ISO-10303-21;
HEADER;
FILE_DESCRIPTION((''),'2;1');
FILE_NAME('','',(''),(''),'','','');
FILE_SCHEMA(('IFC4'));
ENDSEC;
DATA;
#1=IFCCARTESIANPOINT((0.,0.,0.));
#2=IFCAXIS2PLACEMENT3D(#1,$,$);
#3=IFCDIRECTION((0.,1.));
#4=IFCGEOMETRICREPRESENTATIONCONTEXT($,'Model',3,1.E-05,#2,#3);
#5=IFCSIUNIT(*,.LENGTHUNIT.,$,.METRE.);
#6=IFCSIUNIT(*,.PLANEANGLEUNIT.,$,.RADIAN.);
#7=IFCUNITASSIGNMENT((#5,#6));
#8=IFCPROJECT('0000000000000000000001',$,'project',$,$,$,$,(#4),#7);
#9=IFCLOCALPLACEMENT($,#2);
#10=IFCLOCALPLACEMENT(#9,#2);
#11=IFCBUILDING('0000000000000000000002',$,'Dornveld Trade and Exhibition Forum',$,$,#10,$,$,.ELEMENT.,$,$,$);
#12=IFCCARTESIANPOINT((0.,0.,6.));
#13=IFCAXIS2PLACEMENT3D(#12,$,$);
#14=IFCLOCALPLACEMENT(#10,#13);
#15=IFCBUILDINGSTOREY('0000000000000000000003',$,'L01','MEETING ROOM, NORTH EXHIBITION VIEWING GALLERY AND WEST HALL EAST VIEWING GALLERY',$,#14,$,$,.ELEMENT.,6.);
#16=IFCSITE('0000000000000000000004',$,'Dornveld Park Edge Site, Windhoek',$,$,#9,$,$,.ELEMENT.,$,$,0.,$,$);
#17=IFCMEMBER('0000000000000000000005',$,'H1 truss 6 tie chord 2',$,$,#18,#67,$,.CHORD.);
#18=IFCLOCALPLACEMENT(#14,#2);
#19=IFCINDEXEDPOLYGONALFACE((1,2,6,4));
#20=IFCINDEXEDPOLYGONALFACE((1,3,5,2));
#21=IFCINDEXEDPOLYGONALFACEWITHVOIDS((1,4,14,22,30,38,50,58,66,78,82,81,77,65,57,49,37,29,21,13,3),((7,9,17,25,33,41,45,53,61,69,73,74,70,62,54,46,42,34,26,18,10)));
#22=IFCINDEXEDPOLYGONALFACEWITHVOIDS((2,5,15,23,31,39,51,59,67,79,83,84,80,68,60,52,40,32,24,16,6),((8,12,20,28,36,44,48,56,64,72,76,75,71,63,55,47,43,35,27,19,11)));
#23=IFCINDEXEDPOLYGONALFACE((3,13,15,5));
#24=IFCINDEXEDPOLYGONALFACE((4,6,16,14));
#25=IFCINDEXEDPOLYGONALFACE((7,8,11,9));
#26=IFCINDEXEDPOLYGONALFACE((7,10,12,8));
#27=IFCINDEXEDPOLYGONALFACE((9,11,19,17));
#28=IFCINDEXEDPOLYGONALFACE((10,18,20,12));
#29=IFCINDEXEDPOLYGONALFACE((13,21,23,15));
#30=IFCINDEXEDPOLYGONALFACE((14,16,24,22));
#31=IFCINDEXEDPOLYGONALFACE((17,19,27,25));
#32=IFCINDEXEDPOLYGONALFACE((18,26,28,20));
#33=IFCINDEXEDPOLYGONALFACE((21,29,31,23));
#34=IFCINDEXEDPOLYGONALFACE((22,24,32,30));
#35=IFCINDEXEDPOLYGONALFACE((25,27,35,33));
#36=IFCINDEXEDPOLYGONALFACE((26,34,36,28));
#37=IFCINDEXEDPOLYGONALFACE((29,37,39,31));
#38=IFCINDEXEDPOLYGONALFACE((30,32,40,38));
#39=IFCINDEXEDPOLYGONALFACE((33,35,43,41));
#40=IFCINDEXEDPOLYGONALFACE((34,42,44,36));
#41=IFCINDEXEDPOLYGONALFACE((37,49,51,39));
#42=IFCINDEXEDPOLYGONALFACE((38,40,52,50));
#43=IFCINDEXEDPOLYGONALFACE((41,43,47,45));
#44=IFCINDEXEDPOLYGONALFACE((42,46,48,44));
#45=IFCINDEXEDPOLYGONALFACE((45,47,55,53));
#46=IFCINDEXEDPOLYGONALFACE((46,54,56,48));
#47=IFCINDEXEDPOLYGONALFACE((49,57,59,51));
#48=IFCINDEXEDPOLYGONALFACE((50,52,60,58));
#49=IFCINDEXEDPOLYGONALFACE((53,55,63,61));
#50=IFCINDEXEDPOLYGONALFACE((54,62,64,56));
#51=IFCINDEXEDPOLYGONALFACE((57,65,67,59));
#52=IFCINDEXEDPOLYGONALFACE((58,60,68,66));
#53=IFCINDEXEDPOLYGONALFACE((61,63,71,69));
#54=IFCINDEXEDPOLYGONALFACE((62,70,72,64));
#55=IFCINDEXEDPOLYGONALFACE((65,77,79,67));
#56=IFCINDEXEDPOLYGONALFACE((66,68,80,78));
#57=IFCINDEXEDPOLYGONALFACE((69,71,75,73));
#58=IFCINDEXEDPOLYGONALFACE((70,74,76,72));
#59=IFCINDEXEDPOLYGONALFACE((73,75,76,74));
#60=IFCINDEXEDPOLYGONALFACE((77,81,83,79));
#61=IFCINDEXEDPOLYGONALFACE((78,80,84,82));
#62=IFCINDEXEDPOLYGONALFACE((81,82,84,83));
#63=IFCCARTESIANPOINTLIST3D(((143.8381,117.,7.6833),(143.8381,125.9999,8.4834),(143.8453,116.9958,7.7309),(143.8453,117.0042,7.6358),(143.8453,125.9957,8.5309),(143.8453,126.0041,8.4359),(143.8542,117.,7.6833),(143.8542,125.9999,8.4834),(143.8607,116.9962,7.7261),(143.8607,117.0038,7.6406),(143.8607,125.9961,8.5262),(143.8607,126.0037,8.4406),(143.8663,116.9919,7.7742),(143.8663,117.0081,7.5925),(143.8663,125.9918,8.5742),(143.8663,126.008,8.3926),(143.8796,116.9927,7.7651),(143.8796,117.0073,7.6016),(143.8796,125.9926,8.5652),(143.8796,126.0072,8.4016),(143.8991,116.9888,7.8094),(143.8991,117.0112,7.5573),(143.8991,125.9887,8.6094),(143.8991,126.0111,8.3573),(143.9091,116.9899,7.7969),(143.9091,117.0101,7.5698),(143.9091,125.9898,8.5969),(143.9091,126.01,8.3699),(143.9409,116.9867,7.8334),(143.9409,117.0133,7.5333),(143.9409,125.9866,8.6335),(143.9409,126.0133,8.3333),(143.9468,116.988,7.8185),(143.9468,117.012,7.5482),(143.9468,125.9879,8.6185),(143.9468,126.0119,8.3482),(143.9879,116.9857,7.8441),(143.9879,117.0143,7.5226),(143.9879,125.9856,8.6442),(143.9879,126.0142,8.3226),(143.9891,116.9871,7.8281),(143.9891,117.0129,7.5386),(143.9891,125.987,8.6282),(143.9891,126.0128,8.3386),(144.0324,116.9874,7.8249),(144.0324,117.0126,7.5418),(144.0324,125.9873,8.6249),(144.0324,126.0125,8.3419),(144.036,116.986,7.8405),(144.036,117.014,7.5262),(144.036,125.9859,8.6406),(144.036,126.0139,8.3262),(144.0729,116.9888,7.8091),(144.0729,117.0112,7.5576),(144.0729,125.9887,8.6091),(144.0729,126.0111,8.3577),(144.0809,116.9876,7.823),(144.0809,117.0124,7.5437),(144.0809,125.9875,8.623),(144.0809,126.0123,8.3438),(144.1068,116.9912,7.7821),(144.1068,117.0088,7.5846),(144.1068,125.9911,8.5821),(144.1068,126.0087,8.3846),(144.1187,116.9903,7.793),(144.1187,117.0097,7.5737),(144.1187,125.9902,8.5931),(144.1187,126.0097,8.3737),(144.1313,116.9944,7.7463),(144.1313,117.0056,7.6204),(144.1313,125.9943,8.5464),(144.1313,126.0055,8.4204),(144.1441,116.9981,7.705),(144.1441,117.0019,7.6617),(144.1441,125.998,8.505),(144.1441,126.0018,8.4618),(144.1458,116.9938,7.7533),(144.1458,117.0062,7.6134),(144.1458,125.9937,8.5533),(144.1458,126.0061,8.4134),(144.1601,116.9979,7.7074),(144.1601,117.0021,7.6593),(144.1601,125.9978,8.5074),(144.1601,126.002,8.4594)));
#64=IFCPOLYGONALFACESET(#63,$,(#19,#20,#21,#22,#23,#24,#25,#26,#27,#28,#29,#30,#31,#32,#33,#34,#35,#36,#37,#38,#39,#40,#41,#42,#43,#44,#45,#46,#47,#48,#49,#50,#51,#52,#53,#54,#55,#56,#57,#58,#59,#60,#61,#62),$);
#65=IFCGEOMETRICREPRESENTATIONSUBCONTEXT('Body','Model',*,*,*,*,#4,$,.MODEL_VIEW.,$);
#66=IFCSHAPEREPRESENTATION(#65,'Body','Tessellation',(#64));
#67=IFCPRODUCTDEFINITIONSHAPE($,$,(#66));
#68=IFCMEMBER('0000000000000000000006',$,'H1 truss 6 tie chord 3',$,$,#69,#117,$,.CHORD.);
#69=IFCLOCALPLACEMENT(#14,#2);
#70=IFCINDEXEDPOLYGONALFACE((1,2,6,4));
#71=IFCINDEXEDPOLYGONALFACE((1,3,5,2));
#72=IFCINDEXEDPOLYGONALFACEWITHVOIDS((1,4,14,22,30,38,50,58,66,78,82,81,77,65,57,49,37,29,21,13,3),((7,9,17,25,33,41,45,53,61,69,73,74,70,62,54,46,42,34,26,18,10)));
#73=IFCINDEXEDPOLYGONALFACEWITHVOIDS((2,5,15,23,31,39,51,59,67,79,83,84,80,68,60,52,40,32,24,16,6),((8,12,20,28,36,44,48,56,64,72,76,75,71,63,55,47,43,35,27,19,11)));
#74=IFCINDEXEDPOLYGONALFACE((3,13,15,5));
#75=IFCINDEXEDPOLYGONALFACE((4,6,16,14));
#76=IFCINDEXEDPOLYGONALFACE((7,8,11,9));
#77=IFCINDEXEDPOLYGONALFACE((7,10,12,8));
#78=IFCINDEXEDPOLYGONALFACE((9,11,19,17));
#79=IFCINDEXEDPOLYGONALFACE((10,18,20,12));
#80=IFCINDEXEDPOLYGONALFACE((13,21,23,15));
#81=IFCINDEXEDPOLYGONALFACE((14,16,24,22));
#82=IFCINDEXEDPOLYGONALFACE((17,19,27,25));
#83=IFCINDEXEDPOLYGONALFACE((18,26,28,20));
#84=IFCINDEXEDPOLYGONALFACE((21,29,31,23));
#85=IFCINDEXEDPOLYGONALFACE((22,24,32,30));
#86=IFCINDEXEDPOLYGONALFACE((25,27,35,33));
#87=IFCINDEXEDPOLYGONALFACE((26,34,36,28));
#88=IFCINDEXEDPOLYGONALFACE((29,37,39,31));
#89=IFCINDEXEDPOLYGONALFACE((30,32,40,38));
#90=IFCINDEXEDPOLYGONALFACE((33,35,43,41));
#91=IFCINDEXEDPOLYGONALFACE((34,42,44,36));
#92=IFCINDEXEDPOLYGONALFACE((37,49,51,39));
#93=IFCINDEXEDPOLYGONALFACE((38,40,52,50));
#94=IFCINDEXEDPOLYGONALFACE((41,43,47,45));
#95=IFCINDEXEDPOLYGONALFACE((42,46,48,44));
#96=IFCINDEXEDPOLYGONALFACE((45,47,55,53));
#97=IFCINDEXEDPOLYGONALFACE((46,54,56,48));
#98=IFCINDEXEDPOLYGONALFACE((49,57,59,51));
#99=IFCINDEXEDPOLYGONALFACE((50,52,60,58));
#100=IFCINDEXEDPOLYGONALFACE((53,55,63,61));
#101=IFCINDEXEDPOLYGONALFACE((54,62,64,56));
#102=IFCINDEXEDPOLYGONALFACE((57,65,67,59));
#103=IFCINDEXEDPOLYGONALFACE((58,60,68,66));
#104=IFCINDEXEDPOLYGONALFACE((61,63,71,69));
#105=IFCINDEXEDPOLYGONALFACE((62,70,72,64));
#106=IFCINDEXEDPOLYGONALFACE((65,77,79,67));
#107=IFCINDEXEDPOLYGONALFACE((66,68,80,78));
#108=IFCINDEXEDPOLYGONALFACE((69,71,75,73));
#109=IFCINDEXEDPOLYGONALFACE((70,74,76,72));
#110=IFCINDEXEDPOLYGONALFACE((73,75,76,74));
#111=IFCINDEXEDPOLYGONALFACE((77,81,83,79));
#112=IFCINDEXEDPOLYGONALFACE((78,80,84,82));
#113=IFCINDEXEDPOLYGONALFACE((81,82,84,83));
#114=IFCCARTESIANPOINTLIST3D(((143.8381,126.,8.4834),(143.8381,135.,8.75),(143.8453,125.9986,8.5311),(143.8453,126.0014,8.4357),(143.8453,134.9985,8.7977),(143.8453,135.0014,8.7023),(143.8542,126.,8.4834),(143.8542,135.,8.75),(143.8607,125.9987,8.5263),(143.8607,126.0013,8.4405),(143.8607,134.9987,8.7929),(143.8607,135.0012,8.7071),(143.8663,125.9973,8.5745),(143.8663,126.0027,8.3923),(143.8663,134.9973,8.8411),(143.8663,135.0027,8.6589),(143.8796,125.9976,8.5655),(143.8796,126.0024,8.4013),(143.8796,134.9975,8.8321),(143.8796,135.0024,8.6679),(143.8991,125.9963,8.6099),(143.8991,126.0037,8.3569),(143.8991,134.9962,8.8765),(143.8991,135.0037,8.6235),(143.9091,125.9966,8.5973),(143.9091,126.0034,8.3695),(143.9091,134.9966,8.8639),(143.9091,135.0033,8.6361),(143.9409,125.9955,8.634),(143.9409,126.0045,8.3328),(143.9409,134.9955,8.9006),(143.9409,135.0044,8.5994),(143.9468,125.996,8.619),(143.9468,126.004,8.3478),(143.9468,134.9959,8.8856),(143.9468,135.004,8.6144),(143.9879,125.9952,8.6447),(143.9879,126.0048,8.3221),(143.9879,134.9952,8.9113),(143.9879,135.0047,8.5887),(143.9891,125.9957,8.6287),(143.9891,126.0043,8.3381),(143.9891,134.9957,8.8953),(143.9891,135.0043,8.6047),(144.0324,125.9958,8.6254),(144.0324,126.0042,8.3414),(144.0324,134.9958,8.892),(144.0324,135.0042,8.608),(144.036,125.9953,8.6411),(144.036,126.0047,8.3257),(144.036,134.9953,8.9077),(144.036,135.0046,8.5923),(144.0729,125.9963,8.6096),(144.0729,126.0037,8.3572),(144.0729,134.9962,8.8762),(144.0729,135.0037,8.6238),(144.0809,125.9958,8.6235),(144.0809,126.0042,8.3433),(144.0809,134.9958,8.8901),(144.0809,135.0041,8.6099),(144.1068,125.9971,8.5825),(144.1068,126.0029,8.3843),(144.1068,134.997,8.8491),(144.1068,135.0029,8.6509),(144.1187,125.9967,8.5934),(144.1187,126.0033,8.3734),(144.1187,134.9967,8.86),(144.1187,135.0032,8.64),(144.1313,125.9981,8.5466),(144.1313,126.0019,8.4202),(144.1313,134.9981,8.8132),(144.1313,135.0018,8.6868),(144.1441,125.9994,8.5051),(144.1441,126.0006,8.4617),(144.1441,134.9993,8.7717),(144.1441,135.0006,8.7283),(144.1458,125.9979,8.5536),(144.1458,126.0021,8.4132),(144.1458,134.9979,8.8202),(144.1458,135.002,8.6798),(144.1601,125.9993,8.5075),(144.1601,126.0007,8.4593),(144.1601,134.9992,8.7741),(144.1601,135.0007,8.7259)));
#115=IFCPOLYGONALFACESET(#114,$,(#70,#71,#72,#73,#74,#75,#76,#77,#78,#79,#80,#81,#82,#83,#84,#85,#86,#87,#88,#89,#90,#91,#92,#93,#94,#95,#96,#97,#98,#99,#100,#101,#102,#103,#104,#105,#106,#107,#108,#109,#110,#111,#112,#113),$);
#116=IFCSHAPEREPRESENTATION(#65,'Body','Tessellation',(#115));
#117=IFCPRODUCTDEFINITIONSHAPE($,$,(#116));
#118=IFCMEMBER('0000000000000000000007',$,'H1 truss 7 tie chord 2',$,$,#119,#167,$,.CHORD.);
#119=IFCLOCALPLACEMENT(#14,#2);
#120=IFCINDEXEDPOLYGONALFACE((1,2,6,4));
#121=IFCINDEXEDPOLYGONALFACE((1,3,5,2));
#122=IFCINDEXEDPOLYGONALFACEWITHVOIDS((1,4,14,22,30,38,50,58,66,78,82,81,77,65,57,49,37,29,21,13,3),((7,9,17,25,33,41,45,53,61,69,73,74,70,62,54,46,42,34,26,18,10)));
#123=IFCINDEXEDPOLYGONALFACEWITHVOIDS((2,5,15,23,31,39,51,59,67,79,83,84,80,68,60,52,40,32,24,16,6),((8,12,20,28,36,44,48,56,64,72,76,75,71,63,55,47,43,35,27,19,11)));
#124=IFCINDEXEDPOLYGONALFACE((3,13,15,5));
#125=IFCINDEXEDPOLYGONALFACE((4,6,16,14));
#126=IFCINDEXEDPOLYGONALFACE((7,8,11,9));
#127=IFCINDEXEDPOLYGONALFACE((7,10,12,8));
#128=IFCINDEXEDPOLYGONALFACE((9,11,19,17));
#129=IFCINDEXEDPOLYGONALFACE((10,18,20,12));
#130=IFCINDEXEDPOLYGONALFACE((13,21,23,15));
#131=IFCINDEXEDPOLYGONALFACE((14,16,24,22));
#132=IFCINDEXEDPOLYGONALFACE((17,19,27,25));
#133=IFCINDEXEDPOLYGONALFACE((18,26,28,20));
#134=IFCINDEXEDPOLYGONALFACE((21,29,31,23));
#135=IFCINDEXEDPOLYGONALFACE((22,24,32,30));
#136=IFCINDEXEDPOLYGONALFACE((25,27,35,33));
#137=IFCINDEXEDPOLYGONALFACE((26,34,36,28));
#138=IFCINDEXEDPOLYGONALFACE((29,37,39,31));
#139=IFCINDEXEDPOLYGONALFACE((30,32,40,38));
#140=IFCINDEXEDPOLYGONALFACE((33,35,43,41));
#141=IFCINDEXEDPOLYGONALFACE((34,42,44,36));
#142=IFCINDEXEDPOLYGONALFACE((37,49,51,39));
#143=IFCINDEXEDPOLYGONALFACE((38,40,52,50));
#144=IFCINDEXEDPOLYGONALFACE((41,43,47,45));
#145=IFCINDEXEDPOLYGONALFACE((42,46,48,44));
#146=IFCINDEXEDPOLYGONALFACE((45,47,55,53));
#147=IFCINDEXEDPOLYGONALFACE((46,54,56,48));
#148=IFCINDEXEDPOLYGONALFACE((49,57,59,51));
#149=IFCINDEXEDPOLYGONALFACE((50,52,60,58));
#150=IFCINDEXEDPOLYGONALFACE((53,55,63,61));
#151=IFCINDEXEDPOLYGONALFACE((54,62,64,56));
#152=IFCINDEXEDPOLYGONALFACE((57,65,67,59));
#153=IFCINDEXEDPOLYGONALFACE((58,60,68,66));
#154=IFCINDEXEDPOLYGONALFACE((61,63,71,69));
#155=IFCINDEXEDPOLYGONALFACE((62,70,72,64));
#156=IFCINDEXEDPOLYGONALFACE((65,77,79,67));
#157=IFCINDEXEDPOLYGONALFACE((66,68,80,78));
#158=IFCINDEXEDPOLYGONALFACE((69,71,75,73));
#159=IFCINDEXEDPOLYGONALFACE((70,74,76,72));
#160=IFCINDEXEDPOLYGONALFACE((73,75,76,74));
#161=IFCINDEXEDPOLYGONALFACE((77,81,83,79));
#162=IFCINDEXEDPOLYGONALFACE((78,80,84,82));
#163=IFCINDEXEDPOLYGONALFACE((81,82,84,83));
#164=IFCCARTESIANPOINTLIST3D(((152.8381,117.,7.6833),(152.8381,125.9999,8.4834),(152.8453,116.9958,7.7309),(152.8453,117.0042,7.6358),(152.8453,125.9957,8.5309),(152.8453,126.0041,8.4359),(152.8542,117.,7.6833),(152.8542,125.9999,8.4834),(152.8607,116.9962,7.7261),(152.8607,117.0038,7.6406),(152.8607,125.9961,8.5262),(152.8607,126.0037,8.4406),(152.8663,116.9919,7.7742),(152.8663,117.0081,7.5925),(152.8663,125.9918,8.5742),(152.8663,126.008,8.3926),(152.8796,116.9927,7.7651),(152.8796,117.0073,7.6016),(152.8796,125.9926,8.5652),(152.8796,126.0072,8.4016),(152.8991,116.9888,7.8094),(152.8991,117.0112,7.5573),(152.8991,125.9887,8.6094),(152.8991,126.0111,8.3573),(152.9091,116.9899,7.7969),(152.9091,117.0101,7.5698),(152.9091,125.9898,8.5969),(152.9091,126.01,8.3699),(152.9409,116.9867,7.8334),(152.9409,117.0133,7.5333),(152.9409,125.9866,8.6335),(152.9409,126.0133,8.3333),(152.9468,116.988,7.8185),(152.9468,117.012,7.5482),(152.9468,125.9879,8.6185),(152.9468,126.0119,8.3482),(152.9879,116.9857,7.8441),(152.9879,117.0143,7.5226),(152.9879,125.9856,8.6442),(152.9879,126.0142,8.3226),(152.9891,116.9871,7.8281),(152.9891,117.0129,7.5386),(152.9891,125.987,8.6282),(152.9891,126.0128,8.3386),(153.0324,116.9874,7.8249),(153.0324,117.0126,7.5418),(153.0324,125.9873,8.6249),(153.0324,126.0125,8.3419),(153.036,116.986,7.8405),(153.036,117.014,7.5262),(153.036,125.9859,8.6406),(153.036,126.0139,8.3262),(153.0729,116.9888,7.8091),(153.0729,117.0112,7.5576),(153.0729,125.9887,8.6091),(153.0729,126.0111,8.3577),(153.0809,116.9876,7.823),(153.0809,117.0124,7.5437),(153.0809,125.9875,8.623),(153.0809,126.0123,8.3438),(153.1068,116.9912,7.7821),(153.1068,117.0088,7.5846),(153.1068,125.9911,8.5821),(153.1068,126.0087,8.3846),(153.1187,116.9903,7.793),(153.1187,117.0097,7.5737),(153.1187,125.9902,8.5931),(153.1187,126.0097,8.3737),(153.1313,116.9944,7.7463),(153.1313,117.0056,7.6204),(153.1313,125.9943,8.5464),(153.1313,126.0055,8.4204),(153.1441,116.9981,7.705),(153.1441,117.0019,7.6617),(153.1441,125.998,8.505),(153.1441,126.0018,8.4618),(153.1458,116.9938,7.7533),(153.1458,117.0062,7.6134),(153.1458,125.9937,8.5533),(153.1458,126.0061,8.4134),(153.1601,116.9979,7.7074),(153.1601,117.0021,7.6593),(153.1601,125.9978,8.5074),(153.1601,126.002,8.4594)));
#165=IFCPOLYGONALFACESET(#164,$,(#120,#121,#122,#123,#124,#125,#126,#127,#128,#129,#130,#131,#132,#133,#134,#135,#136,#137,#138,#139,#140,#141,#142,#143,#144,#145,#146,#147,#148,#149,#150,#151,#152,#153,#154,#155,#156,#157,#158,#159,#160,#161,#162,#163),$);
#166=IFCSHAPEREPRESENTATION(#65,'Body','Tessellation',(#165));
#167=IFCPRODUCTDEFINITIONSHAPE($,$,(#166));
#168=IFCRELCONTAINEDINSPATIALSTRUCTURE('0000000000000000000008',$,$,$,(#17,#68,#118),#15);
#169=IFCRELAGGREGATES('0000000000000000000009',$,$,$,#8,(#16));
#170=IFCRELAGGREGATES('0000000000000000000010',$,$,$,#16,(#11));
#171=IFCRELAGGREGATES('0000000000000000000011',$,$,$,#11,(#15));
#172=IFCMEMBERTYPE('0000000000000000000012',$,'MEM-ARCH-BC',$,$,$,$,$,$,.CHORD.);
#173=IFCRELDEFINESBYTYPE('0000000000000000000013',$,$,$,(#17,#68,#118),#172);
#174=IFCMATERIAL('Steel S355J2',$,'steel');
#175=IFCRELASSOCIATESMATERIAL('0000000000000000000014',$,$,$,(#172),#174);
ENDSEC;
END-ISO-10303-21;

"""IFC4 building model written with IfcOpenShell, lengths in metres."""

from ifc_helpers import new_model, si_unit, direction, frame, origin, origin_2d, place, context, subcontext, project, spatial, hollow_circle, extrude, material, material_profile, profile_set, type_object, element, save


model = new_model("IFC4")

# Units and contexts
model_context = context("Model", 3, precision=1e-05, world=origin(), true_north=direction((0.0, 1.0)))
body_context = subcontext(model_context, "Body", "Model", "MODEL_VIEW")
ifc_project = project(units=[si_unit("LENGTHUNIT", "METRE"), si_unit("PLANEANGLEUNIT", "RADIAN")], contexts=[model_context])

# Site, building, storey
site_placement = place(None, origin())
site = spatial("IfcSite", under=ifc_project, at=site_placement, Name="Dornveld Park Edge Site, Windhoek", CompositionType="ELEMENT", RefElevation=0.0)
building_placement = place(site_placement, origin())
building = spatial("IfcBuilding", under=site, at=building_placement, Name="Dornveld Trade and Exhibition Forum", CompositionType="ELEMENT")
storey_placement = place(building_placement, frame((0.0, 0.0, 6.0)))
storey = spatial("IfcBuildingStorey", under=building, at=storey_placement, Name="L01", Description="MEETING ROOM, NORTH EXHIBITION VIEWING GALLERY AND WEST HALL EAST VIEWING GALLERY", CompositionType="ELEMENT", Elevation=6.0)

# Members
ifc_material_1 = material(Name="Steel S355J2", Category="steel")
ifc_material_profile_1 = material_profile(ifc_material_1, hollow_circle(Radius=0.1619, WallThickness=0.0161, at=origin_2d()), Name="CHS 323.9x16")
ifc_profile_set_1 = profile_set([ifc_material_profile_1], Name="Steel S355J2")
member_type_1 = type_object("IfcMemberType", Name="MEM-ARCH-BC", PredefinedType="CHORD", material=ifc_profile_set_1)
member_1_placement = place(storey_placement, frame((144.0, 117.0, 7.6833), z_axis=(0.0, 0.996072, 0.088545), x_axis=(-1.0, 0.0, 0.0)))
element("IfcMember", 1, at=member_1_placement, inside=storey, type_object=member_type_1, Name="H1 truss 6 tie chord 2", PredefinedType="CHORD", context=body_context, shape_type="SweptSolid", body=[
    extrude(hollow_circle(Radius=0.1619, WallThickness=0.0161, at=origin_2d()), origin(), (0.0, 0.0, 1.0), 9.0354),
])
member_2_placement = place(storey_placement, frame((144.0, 126.0, 8.4834), z_axis=(0.0, 0.999562, 0.029609), x_axis=(-1.0, 0.0, 0.0)))
element("IfcMember", 2, at=member_2_placement, inside=storey, type_object=member_type_1, Name="H1 truss 6 tie chord 3", PredefinedType="CHORD", context=body_context, shape_type="SweptSolid", body=[
    extrude(hollow_circle(Radius=0.1619, WallThickness=0.0161, at=origin_2d()), origin(), (0.0, 0.0, 1.0), 9.0039),
])
member_3_placement = place(storey_placement, frame((153.0, 117.0, 7.6833), z_axis=(0.0, 0.996072, 0.088545), x_axis=(-1.0, 0.0, 0.0)))
element("IfcMember", 3, at=member_3_placement, inside=storey, type_object=member_type_1, Name="H1 truss 7 tie chord 2", PredefinedType="CHORD", context=body_context, shape_type="SweptSolid", body=[
    extrude(hollow_circle(Radius=0.1619, WallThickness=0.0161, at=origin_2d()), origin(), (0.0, 0.0, 1.0), 9.0354),
])

save(model, "model.ifc")
